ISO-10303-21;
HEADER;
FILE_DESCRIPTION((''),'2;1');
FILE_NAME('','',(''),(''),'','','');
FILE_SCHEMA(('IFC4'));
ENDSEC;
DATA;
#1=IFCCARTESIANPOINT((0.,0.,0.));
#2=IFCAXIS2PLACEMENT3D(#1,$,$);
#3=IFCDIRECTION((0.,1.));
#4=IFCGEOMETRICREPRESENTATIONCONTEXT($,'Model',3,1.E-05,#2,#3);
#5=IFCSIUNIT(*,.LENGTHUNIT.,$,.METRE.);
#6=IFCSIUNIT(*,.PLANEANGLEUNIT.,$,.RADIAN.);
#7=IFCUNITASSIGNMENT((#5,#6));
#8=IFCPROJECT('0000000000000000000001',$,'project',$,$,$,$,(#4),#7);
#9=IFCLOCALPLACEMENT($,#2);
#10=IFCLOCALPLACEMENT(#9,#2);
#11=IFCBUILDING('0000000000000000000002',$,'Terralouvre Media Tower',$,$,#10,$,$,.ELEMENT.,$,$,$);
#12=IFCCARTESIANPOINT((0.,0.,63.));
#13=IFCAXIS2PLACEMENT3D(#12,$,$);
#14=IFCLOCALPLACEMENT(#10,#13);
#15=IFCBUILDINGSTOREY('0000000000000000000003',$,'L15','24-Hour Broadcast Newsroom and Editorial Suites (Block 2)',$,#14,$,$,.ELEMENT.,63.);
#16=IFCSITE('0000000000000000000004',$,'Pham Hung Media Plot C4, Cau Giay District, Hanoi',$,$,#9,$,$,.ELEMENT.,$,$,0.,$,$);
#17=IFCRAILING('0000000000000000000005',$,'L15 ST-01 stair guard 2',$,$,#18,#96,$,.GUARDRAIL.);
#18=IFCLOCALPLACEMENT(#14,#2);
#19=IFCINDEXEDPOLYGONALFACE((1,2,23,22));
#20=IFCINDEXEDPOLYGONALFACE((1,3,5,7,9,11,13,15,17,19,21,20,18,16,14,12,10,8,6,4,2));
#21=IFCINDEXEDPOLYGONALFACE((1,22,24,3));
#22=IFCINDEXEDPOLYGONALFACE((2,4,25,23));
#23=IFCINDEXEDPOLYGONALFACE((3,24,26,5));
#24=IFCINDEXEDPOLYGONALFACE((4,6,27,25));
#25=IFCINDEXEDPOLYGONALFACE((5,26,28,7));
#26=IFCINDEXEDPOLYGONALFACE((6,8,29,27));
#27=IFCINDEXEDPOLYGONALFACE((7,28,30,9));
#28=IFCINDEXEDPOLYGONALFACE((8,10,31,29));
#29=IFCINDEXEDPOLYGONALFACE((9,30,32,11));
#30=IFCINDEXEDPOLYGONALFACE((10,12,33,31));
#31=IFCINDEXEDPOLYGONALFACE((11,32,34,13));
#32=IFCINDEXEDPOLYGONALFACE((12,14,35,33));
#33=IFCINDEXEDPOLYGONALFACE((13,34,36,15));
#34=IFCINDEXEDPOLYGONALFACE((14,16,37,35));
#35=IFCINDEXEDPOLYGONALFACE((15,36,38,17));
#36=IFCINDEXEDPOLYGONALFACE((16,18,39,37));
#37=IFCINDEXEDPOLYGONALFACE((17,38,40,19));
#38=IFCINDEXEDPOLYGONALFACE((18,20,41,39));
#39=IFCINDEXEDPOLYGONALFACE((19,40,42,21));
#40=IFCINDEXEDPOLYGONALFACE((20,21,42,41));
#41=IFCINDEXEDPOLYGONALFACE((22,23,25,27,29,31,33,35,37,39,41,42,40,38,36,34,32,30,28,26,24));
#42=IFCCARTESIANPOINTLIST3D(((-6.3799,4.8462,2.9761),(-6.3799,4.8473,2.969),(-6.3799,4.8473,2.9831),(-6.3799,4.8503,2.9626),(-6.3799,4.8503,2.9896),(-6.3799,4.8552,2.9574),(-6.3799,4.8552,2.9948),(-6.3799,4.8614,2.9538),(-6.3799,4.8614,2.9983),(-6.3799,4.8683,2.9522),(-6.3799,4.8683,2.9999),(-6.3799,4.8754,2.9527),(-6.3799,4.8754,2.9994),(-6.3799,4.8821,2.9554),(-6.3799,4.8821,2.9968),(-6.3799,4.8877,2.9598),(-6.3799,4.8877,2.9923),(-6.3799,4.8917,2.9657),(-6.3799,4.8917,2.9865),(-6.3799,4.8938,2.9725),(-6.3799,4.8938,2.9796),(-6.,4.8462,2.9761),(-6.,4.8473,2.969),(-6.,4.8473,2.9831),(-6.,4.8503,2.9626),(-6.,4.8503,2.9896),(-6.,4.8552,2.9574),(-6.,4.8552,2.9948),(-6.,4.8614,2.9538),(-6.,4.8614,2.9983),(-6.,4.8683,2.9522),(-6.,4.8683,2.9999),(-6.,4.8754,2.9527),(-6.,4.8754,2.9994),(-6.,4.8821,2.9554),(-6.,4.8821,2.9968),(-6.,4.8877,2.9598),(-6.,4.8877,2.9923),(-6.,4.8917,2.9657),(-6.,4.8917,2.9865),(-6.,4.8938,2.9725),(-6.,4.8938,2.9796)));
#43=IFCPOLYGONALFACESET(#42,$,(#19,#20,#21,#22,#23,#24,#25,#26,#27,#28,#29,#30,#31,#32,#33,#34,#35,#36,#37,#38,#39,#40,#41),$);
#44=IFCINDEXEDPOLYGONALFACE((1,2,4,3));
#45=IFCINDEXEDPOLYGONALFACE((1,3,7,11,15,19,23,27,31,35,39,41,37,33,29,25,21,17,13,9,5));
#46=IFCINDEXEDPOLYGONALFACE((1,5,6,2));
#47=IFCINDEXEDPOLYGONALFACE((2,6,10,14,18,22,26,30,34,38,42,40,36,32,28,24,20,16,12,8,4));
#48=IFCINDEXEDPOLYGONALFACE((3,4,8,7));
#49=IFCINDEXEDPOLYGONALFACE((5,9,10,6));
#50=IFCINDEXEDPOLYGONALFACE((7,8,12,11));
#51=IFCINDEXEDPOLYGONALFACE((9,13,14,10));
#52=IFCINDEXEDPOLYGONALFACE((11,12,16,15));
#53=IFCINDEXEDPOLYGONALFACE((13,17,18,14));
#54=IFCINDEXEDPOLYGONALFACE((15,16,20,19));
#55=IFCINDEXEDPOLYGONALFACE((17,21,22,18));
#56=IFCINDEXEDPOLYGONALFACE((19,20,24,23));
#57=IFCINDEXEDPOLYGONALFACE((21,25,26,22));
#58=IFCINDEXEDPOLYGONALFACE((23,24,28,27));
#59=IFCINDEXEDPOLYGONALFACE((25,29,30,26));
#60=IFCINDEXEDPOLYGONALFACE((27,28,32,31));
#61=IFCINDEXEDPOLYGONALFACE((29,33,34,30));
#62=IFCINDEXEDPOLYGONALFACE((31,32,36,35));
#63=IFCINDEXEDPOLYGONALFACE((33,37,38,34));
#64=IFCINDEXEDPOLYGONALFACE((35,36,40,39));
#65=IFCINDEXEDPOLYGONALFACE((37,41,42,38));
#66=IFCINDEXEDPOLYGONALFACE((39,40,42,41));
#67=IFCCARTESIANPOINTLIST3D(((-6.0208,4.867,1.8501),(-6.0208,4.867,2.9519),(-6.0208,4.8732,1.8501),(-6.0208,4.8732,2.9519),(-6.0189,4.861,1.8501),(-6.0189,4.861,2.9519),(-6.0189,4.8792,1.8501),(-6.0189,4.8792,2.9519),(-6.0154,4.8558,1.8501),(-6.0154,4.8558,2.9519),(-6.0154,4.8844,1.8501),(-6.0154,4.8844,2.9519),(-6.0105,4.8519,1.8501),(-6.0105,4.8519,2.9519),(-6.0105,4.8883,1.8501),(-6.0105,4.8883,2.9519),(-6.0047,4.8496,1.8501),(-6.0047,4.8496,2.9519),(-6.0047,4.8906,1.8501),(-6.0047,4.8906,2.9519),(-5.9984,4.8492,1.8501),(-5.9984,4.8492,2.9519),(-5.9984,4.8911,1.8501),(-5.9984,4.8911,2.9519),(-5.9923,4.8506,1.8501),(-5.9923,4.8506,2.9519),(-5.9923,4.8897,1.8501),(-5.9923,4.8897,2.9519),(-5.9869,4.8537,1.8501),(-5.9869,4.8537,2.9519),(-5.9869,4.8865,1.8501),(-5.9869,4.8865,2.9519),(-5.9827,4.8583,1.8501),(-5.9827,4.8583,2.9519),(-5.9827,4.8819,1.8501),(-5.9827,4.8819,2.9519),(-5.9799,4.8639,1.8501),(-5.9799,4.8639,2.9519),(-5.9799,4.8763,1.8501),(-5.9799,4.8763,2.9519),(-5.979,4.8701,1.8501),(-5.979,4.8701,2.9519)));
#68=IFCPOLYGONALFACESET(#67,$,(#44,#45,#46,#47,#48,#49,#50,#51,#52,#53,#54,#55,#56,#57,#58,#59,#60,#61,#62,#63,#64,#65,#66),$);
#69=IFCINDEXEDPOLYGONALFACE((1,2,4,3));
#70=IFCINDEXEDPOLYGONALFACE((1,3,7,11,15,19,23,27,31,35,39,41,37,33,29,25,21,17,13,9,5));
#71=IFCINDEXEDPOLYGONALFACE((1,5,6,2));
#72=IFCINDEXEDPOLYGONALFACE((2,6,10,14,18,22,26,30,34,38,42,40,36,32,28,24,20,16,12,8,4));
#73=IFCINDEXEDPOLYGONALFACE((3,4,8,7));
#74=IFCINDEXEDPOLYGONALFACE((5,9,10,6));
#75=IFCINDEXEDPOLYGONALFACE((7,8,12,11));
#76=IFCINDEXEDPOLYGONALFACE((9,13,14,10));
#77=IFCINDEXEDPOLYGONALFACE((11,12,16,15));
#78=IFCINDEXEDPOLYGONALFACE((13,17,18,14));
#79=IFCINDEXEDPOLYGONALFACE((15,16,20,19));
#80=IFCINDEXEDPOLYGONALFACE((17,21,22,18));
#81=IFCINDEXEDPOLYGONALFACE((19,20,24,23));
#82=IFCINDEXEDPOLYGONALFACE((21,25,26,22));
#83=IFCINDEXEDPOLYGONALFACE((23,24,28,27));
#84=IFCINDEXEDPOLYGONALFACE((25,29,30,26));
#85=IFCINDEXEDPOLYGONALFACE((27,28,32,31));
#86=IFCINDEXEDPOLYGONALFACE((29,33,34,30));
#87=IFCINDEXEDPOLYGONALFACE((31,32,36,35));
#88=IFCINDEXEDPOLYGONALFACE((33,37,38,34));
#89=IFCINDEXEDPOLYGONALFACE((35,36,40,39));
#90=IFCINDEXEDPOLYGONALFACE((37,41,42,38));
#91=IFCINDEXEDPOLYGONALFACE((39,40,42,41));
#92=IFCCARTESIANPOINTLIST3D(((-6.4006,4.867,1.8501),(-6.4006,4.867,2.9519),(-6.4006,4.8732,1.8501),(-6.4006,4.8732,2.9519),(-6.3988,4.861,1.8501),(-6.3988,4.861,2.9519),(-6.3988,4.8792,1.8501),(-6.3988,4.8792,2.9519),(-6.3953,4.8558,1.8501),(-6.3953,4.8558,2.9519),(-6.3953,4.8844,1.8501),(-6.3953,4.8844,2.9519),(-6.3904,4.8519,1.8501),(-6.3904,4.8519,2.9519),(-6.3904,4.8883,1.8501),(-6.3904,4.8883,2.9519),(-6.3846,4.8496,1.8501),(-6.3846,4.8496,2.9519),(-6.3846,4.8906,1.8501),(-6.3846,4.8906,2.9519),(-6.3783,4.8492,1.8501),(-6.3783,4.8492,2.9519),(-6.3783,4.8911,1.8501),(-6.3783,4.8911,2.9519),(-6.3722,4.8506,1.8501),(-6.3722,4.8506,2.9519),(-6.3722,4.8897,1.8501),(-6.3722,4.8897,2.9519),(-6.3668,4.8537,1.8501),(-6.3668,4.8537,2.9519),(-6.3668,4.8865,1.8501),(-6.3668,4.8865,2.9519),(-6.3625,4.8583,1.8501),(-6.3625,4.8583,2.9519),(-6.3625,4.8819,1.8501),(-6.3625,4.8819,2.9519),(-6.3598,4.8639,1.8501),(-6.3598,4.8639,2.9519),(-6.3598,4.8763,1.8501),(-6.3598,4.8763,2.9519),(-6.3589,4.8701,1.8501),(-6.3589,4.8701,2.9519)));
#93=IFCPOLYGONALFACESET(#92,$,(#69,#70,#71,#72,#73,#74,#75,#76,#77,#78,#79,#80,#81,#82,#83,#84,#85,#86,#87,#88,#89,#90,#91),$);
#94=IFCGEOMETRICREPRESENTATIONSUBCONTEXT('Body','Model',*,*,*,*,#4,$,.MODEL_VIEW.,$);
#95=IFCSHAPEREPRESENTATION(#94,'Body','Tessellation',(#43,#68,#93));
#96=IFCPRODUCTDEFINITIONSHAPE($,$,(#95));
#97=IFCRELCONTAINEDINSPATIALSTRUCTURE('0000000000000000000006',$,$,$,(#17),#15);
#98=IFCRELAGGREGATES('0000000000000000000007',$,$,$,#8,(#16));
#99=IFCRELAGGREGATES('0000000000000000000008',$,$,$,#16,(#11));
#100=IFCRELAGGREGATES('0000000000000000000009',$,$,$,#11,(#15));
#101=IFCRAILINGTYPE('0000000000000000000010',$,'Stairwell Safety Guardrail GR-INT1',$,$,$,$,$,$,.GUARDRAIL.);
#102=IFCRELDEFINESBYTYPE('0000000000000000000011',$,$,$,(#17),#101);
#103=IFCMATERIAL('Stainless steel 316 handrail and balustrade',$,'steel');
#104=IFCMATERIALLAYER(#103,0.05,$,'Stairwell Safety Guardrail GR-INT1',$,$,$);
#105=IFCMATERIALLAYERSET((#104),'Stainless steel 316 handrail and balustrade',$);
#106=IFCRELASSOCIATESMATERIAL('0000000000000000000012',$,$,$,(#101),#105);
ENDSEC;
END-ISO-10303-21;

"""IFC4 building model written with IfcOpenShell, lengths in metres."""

from ifc_helpers import new_model, si_unit, direction, frame, origin, origin_2d, place, context, subcontext, project, spatial, circle, extrude, material, layer, layer_set, type_object, element, save


model = new_model("IFC4")

# Units and contexts
model_context = context("Model", 3, precision=1e-05, world=origin(), true_north=direction((0.0, 1.0)))
body_context = subcontext(model_context, "Body", "Model", "MODEL_VIEW")
ifc_project = project(units=[si_unit("LENGTHUNIT", "METRE"), si_unit("PLANEANGLEUNIT", "RADIAN")], contexts=[model_context])

# Site, building, storey
site_placement = place(None, origin())
site = spatial("IfcSite", under=ifc_project, at=site_placement, Name="Pham Hung Media Plot C4, Cau Giay District, Hanoi", CompositionType="ELEMENT", RefElevation=0.0)
building_placement = place(site_placement, origin())
building = spatial("IfcBuilding", under=site, at=building_placement, Name="Terralouvre Media Tower", CompositionType="ELEMENT")
storey_placement = place(building_placement, frame((0.0, 0.0, 63.0)))
storey = spatial("IfcBuildingStorey", under=building, at=storey_placement, Name="L15", Description="24-Hour Broadcast Newsroom and Editorial Suites (Block 2)", CompositionType="ELEMENT", Elevation=63.0)

# Railing
ifc_material_1 = material(Name="Stainless steel 316 handrail and balustrade", Category="steel")
ifc_layer_1 = layer(ifc_material_1, 0.05, Name="Stairwell Safety Guardrail GR-INT1")
ifc_layer_set_1 = layer_set([ifc_layer_1], Name="Stainless steel 316 handrail and balustrade")
railing_type_1 = type_object("IfcRailingType", Name="Stairwell Safety Guardrail GR-INT1", PredefinedType="GUARDRAIL", material=ifc_layer_set_1)
railing_1_placement = place(storey_placement, frame((-6.0, 4.8701, 1.8501)))
element("IfcRailing", 1, at=railing_1_placement, inside=storey, type_object=railing_type_1, Name="L15 ST-01 stair guard 2", PredefinedType="GUARDRAIL", context=body_context, shape_type="SweptSolid", body=[
    extrude(circle(Radius=0.0239, at=origin_2d()), frame((0.0, 0.0, 1.126), z_axis=(-1.0, 0.0, 0.0), x_axis=(0.0, -1.0, 0.0)), (0.0, 0.0, 1.0), 0.3799),
    extrude(circle(Radius=0.021, at=origin_2d()), origin(), (0.0, 0.0, 1.0), 1.1018),
    extrude(circle(Radius=0.021, at=origin_2d()), frame((-0.3799, 0.0, 0.0)), (0.0, 0.0, 1.0), 1.1018),
])

save(model, "model.ifc")
